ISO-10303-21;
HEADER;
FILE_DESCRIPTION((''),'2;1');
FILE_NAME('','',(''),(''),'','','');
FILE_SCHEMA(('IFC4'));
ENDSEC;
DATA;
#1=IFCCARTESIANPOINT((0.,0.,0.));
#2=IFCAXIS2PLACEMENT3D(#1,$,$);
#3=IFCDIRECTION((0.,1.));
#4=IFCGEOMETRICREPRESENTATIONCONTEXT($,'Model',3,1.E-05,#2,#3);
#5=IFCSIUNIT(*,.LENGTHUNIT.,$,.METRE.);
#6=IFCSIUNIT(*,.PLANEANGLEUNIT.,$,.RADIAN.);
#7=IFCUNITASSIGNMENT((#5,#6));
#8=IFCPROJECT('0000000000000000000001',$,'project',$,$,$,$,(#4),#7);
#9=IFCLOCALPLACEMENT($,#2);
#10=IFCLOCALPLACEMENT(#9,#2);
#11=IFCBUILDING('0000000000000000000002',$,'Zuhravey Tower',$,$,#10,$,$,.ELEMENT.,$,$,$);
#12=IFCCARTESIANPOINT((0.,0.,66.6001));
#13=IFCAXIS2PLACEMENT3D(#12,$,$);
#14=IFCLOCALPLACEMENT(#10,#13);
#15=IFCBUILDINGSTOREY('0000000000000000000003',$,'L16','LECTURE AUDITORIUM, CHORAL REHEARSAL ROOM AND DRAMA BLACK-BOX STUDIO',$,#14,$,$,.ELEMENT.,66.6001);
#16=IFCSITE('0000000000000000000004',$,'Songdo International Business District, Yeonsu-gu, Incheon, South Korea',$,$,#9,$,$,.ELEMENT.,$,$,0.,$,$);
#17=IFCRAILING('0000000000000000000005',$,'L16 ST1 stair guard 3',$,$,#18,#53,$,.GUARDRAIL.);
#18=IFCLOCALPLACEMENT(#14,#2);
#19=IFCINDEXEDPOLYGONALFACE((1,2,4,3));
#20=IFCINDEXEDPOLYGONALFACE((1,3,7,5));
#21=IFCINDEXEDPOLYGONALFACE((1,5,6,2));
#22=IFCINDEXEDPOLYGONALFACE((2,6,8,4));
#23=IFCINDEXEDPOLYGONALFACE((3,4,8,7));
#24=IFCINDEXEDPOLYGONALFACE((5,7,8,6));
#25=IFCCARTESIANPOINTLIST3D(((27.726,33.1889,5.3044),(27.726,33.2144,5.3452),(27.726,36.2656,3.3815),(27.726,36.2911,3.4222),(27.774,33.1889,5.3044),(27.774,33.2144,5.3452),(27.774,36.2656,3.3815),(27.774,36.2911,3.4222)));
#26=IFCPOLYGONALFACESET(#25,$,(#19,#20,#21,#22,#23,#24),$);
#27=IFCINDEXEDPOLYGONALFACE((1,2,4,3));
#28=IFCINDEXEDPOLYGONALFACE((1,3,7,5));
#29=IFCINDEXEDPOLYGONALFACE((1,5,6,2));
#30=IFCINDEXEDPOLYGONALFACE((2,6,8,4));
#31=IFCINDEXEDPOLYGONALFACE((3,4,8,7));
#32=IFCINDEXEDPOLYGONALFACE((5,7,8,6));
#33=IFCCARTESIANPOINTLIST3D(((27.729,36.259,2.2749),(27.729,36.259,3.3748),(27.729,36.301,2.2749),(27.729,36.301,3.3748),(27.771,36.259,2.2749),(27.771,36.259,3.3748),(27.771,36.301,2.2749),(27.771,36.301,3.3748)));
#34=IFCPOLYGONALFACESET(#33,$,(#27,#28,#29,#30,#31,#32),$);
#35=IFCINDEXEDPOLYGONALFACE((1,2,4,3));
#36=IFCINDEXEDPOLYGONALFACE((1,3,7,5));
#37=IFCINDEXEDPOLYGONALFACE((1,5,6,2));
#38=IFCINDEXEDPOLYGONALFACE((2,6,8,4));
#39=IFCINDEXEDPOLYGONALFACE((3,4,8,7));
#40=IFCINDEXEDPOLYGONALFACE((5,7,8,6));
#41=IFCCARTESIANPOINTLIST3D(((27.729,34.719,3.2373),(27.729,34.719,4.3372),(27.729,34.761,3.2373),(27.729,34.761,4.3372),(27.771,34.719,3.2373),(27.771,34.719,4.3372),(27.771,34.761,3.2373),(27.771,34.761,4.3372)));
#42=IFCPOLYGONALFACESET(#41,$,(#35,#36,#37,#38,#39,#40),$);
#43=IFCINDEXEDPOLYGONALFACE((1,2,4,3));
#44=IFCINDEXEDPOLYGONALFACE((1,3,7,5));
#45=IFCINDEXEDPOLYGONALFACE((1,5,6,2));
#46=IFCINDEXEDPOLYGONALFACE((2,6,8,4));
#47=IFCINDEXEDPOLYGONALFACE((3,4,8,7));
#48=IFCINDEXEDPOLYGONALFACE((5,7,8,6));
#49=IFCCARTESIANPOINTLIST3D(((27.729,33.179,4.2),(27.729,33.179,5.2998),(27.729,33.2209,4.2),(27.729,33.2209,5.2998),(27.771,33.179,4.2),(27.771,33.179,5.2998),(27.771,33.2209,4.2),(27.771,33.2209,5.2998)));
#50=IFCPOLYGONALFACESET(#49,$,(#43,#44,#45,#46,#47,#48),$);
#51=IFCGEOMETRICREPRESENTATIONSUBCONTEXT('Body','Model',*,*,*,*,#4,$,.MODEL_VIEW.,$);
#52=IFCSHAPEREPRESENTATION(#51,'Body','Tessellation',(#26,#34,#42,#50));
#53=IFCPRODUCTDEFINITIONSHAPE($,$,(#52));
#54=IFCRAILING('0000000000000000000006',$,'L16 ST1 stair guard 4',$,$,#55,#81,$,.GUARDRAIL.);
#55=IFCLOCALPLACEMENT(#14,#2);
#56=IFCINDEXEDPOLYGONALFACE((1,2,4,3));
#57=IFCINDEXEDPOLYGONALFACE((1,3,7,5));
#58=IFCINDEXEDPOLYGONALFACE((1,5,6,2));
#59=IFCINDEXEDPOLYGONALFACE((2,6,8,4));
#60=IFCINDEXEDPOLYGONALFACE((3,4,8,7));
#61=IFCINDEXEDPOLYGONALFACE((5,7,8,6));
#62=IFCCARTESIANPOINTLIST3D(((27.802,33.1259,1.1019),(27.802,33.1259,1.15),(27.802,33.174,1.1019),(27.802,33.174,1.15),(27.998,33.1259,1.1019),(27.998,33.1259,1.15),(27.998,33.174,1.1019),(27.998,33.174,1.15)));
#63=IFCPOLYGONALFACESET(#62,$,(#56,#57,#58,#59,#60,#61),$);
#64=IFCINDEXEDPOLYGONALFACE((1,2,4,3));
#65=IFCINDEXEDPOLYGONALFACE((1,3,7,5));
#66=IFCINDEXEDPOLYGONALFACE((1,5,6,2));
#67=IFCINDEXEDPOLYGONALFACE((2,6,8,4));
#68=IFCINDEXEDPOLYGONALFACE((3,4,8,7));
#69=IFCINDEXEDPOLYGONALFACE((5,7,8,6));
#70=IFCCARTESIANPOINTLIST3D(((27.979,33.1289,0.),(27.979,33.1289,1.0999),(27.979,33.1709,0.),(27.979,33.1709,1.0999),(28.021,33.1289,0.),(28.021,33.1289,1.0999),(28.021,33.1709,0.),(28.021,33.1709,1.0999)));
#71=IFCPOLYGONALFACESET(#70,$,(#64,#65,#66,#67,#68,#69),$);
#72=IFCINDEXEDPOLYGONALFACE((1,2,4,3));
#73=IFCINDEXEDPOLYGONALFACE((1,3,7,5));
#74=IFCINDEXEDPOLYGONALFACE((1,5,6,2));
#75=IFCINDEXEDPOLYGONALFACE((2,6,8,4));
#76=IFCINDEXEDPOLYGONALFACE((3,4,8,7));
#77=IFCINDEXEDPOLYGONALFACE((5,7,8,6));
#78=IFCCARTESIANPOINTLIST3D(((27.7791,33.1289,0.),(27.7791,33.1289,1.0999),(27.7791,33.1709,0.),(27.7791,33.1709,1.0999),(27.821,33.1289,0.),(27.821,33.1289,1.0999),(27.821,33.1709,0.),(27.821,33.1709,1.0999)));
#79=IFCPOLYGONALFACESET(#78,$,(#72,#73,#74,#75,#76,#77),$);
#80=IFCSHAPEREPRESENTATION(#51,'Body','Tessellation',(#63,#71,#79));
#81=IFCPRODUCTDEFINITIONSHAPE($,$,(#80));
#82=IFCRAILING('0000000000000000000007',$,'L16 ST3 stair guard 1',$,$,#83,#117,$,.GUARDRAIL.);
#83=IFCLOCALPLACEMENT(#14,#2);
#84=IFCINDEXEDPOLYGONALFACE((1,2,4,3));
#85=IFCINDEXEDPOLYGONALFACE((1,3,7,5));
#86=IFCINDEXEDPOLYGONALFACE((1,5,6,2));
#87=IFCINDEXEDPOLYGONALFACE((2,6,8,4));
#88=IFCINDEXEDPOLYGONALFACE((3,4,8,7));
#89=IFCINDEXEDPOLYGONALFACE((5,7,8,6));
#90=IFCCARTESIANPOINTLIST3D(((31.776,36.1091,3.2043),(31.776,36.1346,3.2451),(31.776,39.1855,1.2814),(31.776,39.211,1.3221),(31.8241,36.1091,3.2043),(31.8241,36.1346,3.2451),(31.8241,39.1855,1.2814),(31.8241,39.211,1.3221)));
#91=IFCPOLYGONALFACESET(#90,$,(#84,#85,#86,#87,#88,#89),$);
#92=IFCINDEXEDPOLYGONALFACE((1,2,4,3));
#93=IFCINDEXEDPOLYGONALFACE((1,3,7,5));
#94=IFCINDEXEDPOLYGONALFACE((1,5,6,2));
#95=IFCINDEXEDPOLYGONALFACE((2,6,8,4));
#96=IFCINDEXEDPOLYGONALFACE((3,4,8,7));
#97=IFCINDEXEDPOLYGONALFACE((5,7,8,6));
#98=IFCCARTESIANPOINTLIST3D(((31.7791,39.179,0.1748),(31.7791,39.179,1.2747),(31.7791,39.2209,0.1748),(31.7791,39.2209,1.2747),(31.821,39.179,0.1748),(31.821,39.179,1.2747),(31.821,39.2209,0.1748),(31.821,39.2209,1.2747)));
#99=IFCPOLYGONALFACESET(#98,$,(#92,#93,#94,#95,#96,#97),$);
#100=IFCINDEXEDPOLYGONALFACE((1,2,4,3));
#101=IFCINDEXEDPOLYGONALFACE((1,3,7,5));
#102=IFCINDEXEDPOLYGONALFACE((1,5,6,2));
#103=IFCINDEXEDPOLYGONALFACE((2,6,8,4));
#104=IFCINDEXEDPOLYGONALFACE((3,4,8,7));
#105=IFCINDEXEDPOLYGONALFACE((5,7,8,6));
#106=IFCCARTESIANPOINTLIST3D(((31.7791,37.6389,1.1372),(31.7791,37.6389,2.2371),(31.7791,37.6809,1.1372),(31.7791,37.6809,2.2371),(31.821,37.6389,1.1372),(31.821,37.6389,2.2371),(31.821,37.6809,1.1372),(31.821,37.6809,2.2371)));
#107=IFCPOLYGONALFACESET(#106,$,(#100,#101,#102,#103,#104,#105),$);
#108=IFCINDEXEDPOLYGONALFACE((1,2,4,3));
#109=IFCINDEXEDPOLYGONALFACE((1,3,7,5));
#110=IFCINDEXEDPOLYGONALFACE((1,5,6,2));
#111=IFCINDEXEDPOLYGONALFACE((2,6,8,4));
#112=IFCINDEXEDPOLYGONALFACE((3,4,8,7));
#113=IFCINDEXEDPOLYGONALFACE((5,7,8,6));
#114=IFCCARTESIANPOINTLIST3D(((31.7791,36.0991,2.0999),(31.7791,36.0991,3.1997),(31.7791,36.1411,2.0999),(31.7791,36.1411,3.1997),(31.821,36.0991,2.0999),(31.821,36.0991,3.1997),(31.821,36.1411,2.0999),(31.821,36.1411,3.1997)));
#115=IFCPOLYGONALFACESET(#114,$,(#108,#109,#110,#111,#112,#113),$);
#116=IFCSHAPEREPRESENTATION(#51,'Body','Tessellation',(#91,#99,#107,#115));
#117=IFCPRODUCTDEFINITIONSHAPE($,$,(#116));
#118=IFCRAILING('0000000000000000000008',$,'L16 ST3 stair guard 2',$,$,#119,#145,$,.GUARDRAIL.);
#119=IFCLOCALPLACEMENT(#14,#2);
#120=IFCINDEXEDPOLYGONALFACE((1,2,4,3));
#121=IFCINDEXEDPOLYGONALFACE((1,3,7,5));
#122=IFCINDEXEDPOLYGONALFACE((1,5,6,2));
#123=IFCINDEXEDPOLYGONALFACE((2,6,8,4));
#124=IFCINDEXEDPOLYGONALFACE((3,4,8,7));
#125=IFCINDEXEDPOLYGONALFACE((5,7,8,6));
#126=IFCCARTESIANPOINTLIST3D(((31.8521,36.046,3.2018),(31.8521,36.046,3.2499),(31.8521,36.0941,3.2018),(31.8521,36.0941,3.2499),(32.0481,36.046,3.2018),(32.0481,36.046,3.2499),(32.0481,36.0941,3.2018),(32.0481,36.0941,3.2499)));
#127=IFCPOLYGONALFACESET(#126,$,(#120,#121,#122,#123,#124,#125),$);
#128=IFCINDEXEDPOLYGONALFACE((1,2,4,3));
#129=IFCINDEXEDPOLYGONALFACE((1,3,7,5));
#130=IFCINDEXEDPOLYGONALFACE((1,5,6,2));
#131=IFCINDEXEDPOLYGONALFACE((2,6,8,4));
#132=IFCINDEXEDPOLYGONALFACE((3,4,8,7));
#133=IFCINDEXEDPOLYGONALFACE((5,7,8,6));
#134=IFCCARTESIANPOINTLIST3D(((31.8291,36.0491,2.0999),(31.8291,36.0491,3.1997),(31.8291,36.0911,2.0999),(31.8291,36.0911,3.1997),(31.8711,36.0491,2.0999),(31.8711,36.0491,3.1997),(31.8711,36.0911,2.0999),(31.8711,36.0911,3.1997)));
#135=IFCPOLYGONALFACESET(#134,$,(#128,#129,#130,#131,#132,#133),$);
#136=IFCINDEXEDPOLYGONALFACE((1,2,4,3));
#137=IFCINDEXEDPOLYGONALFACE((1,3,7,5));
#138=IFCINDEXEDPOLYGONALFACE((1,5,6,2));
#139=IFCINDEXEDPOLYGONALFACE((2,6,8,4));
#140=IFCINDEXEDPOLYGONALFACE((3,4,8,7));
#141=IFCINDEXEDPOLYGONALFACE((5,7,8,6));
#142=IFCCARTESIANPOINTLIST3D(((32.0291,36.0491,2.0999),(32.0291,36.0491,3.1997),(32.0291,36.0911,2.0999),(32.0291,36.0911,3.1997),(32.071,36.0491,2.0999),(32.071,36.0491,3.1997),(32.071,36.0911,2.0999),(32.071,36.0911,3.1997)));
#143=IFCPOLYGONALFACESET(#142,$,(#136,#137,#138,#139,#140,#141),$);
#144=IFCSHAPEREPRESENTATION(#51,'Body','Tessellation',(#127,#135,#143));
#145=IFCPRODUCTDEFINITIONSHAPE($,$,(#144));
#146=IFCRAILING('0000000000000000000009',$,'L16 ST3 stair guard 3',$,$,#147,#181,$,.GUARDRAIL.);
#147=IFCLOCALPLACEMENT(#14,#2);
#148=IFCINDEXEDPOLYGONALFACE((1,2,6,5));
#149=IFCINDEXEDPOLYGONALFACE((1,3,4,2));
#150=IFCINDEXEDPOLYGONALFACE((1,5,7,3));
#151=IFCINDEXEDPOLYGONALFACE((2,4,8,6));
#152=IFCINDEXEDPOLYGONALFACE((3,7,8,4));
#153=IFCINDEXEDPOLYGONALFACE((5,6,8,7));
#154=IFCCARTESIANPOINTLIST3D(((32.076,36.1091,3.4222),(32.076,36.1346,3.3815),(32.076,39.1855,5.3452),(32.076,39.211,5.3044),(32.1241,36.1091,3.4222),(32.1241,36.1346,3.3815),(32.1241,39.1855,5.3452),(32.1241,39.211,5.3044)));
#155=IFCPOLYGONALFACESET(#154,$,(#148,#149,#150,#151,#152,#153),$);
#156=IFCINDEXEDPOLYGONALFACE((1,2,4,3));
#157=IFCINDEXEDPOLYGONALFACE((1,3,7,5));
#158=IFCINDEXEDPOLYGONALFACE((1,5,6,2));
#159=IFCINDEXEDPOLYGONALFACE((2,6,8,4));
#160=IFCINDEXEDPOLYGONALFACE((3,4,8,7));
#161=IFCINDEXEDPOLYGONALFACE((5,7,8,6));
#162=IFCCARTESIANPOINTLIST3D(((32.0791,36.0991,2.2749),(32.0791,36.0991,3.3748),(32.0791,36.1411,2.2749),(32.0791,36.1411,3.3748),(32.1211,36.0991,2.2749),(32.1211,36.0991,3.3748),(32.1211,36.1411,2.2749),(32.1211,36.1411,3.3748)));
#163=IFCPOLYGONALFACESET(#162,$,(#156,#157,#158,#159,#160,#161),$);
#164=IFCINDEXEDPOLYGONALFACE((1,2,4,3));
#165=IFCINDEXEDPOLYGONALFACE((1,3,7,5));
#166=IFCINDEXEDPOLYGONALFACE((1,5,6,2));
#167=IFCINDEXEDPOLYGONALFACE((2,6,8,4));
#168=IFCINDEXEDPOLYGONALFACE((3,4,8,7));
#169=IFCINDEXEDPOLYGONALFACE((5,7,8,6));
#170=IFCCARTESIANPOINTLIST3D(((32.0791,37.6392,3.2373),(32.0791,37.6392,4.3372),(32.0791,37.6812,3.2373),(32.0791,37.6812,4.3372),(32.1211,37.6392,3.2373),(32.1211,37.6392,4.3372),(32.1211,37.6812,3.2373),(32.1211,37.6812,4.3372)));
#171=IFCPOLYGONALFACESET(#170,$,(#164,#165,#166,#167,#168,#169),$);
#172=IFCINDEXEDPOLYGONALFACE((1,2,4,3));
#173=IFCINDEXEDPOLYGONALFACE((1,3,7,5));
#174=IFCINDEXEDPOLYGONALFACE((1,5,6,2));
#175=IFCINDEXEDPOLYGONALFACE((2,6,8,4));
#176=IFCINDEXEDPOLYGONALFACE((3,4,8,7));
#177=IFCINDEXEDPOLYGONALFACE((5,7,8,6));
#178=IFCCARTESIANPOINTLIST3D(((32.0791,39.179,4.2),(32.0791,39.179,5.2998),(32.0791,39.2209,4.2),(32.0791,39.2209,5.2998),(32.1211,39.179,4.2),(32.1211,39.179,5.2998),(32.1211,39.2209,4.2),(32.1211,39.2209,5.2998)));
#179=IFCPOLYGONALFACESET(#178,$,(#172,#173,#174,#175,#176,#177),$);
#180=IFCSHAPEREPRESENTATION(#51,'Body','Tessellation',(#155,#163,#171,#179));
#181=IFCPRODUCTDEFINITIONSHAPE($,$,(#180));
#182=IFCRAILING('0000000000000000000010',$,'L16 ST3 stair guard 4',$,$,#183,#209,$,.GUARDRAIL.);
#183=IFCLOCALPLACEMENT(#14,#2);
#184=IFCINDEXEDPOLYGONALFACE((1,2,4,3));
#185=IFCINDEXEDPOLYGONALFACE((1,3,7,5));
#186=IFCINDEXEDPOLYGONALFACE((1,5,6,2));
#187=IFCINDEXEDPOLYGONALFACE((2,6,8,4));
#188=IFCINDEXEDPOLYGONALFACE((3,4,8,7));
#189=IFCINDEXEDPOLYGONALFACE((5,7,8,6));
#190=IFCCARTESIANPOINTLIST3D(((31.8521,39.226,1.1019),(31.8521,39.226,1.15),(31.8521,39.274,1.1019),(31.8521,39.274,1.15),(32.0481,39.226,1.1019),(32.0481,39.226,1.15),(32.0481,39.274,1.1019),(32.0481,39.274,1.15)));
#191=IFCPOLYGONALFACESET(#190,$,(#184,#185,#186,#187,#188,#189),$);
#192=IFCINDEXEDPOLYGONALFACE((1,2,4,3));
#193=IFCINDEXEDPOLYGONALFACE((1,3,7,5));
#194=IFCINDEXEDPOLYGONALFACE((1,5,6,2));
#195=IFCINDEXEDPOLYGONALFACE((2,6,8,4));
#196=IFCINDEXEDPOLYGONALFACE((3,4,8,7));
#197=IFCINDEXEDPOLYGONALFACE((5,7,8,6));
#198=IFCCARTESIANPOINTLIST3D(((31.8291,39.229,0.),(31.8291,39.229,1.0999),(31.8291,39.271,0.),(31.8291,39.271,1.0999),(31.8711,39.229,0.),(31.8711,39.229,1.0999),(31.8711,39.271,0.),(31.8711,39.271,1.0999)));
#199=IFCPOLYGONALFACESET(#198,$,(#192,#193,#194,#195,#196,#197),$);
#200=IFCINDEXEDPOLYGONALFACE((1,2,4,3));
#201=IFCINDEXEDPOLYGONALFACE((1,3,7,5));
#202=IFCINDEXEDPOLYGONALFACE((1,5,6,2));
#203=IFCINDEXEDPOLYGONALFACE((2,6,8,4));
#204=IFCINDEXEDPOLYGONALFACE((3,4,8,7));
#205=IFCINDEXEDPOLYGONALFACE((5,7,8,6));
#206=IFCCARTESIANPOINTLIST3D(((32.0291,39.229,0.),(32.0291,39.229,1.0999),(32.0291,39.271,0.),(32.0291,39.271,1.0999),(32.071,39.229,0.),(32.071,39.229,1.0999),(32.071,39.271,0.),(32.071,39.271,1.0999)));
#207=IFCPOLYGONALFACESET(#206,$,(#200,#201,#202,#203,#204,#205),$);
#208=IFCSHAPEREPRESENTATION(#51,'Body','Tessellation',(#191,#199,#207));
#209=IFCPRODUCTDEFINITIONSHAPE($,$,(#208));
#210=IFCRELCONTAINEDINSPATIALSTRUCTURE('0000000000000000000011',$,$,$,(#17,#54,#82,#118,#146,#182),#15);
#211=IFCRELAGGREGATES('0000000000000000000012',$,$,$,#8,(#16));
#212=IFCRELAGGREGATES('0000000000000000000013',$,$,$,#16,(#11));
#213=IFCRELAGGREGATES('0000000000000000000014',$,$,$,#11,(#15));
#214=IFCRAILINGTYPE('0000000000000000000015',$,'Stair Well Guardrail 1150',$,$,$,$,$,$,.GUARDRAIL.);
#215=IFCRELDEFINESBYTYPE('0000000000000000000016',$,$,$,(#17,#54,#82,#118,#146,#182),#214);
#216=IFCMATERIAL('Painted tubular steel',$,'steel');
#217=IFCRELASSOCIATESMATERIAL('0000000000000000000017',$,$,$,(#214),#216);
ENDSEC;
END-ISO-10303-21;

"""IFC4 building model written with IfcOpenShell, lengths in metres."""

from ifc_helpers import new_model, si_unit, direction, frame, origin, origin_2d, place, context, subcontext, project, spatial, rectangle, extrude, material, type_object, element, save


model = new_model("IFC4")

# Units and contexts
model_context = context("Model", 3, precision=1e-05, world=origin(), true_north=direction((0.0, 1.0)))
body_context = subcontext(model_context, "Body", "Model", "MODEL_VIEW")
ifc_project = project(units=[si_unit("LENGTHUNIT", "METRE"), si_unit("PLANEANGLEUNIT", "RADIAN")], contexts=[model_context])

# Site, building, storey
site_placement = place(None, origin())
site = spatial("IfcSite", under=ifc_project, at=site_placement, Name="Songdo International Business District, Yeonsu-gu, Incheon, South Korea", CompositionType="ELEMENT", RefElevation=0.0)
building_placement = place(site_placement, origin())
building = spatial("IfcBuilding", under=site, at=building_placement, Name="Zuhravey Tower", CompositionType="ELEMENT")
storey_placement = place(building_placement, frame((0.0, 0.0, 66.6001)))
storey = spatial("IfcBuildingStorey", under=building, at=storey_placement, Name="L16", Description="LECTURE AUDITORIUM, CHORAL REHEARSAL ROOM AND DRAMA BLACK-BOX STUDIO", CompositionType="ELEMENT", Elevation=66.6001)

# Railings
ifc_material_1 = material(Name="Painted tubular steel", Category="steel")
railing_type_1 = type_object("IfcRailingType", Name="Stair Well Guardrail 1150", PredefinedType="GUARDRAIL", material=ifc_material_1)
railing_1_placement = place(storey_placement, frame((27.75, 36.28, 2.2749)))
element("IfcRailing", 1, at=railing_1_placement, inside=storey, type_object=railing_type_1, Name="L16 ST1 stair guard 3", PredefinedType="GUARDRAIL", context=body_context, shape_type="SweptSolid", body=[
    extrude(rectangle(XDim=0.0481, YDim=0.0481, at=origin_2d()), frame((0.0, -0.0017, 1.127), z_axis=(0.0, -0.847998, 0.529999), x_axis=(1.0, 0.0, 0.0)), (0.0, 0.0, 1.0), 3.6282),
    extrude(rectangle(XDim=0.042, YDim=0.042, at=origin_2d()), origin(), (0.0, 0.0, 1.0), 1.0999),
    extrude(rectangle(XDim=0.042, YDim=0.042, at=origin_2d()), frame((0.0, -1.54, 0.9624)), (0.0, 0.0, 1.0), 1.0999),
    extrude(rectangle(XDim=0.042, YDim=0.042, at=origin_2d()), frame((0.0, -3.0801, 1.925)), (0.0, 0.0, 1.0), 1.0999),
])
railing_2_placement = place(storey_placement, frame((28.0, 33.1499, 0.0)))
element("IfcRailing", 2, at=railing_2_placement, inside=storey, type_object=railing_type_1, Name="L16 ST1 stair guard 4", PredefinedType="GUARDRAIL", context=body_context, shape_type="SweptSolid", body=[
    extrude(rectangle(XDim=0.0481, YDim=0.0481, at=origin_2d()), frame((-0.002, 0.0, 1.126), z_axis=(-1.0, 0.0, 0.0), x_axis=(0.0, -1.0, 0.0)), (0.0, 0.0, 1.0), 0.196),
    extrude(rectangle(XDim=0.042, YDim=0.042, at=origin_2d()), origin(), (0.0, 0.0, 1.0), 1.0999),
    extrude(rectangle(XDim=0.042, YDim=0.042, at=origin_2d()), frame((-0.2, 0.0, 0.0)), (0.0, 0.0, 1.0), 1.0999),
])
railing_3_placement = place(storey_placement, frame((31.8, 39.2, 0.1748)))
element("IfcRailing", 3, at=railing_3_placement, inside=storey, type_object=railing_type_1, Name="L16 ST3 stair guard 1", PredefinedType="GUARDRAIL", context=body_context, shape_type="SweptSolid", body=[
    extrude(rectangle(XDim=0.0481, YDim=0.0481, at=origin_2d()), frame((0.0, -0.0017, 1.127), z_axis=(0.0, -0.847979, 0.530029), x_axis=(1.0, 0.0, 0.0)), (0.0, 0.0, 1.0), 3.6279),
    extrude(rectangle(XDim=0.042, YDim=0.042, at=origin_2d()), origin(), (0.0, 0.0, 1.0), 1.0999),
    extrude(rectangle(XDim=0.042, YDim=0.042, at=origin_2d()), frame((0.0, -1.54, 0.9624)), (0.0, 0.0, 1.0), 1.0999),
    extrude(rectangle(XDim=0.042, YDim=0.042, at=origin_2d()), frame((0.0, -3.0798, 1.925)), (0.0, 0.0, 1.0), 1.0999),
])
railing_4_placement = place(storey_placement, frame((31.8501, 36.0701, 2.0999)))
element("IfcRailing", 4, at=railing_4_placement, inside=storey, type_object=railing_type_1, Name="L16 ST3 stair guard 2", PredefinedType="GUARDRAIL", context=body_context, shape_type="SweptSolid", body=[
    extrude(rectangle(XDim=0.0481, YDim=0.0481, at=origin_2d()), frame((0.002, 0.0, 1.126), z_axis=(1.0, 0.0, 0.0), x_axis=(0.0, 1.0, 0.0)), (0.0, 0.0, 1.0), 0.196),
    extrude(rectangle(XDim=0.042, YDim=0.042, at=origin_2d()), origin(), (0.0, 0.0, 1.0), 1.0999),
    extrude(rectangle(XDim=0.042, YDim=0.042, at=origin_2d()), frame((0.2, 0.0, 0.0)), (0.0, 0.0, 1.0), 1.0999),
])
railing_5_placement = place(storey_placement, frame((32.1001, 36.1201, 2.2749)))
element("IfcRailing", 5, at=railing_5_placement, inside=storey, type_object=railing_type_1, Name="L16 ST3 stair guard 3", PredefinedType="GUARDRAIL", context=body_context, shape_type="SweptSolid", body=[
    extrude(rectangle(XDim=0.0481, YDim=0.0481, at=origin_2d()), frame((0.0, 0.0017, 1.127), z_axis=(0.0, 0.847979, 0.530029), x_axis=(-1.0, 0.0, 0.0)), (0.0, 0.0, 1.0), 3.6279),
    extrude(rectangle(XDim=0.042, YDim=0.042, at=origin_2d()), origin(), (0.0, 0.0, 1.0), 1.0999),
    extrude(rectangle(XDim=0.042, YDim=0.042, at=origin_2d()), frame((0.0, 1.54, 0.9624)), (0.0, 0.0, 1.0), 1.0999),
    extrude(rectangle(XDim=0.042, YDim=0.042, at=origin_2d()), frame((0.0, 3.0798, 1.925)), (0.0, 0.0, 1.0), 1.0999),
])
railing_6_placement = place(storey_placement, frame((31.8501, 39.25, 0.0)))
element("IfcRailing", 6, at=railing_6_placement, inside=storey, type_object=railing_type_1, Name="L16 ST3 stair guard 4", PredefinedType="GUARDRAIL", context=body_context, shape_type="SweptSolid", body=[
    extrude(rectangle(XDim=0.0481, YDim=0.0481, at=origin_2d()), frame((0.002, 0.0, 1.126), z_axis=(1.0, 0.0, 0.0), x_axis=(0.0, 1.0, 0.0)), (0.0, 0.0, 1.0), 0.196),
    extrude(rectangle(XDim=0.042, YDim=0.042, at=origin_2d()), origin(), (0.0, 0.0, 1.0), 1.0999),
    extrude(rectangle(XDim=0.042, YDim=0.042, at=origin_2d()), frame((0.2, 0.0, 0.0)), (0.0, 0.0, 1.0), 1.0999),
])

save(model, "model.ifc")
